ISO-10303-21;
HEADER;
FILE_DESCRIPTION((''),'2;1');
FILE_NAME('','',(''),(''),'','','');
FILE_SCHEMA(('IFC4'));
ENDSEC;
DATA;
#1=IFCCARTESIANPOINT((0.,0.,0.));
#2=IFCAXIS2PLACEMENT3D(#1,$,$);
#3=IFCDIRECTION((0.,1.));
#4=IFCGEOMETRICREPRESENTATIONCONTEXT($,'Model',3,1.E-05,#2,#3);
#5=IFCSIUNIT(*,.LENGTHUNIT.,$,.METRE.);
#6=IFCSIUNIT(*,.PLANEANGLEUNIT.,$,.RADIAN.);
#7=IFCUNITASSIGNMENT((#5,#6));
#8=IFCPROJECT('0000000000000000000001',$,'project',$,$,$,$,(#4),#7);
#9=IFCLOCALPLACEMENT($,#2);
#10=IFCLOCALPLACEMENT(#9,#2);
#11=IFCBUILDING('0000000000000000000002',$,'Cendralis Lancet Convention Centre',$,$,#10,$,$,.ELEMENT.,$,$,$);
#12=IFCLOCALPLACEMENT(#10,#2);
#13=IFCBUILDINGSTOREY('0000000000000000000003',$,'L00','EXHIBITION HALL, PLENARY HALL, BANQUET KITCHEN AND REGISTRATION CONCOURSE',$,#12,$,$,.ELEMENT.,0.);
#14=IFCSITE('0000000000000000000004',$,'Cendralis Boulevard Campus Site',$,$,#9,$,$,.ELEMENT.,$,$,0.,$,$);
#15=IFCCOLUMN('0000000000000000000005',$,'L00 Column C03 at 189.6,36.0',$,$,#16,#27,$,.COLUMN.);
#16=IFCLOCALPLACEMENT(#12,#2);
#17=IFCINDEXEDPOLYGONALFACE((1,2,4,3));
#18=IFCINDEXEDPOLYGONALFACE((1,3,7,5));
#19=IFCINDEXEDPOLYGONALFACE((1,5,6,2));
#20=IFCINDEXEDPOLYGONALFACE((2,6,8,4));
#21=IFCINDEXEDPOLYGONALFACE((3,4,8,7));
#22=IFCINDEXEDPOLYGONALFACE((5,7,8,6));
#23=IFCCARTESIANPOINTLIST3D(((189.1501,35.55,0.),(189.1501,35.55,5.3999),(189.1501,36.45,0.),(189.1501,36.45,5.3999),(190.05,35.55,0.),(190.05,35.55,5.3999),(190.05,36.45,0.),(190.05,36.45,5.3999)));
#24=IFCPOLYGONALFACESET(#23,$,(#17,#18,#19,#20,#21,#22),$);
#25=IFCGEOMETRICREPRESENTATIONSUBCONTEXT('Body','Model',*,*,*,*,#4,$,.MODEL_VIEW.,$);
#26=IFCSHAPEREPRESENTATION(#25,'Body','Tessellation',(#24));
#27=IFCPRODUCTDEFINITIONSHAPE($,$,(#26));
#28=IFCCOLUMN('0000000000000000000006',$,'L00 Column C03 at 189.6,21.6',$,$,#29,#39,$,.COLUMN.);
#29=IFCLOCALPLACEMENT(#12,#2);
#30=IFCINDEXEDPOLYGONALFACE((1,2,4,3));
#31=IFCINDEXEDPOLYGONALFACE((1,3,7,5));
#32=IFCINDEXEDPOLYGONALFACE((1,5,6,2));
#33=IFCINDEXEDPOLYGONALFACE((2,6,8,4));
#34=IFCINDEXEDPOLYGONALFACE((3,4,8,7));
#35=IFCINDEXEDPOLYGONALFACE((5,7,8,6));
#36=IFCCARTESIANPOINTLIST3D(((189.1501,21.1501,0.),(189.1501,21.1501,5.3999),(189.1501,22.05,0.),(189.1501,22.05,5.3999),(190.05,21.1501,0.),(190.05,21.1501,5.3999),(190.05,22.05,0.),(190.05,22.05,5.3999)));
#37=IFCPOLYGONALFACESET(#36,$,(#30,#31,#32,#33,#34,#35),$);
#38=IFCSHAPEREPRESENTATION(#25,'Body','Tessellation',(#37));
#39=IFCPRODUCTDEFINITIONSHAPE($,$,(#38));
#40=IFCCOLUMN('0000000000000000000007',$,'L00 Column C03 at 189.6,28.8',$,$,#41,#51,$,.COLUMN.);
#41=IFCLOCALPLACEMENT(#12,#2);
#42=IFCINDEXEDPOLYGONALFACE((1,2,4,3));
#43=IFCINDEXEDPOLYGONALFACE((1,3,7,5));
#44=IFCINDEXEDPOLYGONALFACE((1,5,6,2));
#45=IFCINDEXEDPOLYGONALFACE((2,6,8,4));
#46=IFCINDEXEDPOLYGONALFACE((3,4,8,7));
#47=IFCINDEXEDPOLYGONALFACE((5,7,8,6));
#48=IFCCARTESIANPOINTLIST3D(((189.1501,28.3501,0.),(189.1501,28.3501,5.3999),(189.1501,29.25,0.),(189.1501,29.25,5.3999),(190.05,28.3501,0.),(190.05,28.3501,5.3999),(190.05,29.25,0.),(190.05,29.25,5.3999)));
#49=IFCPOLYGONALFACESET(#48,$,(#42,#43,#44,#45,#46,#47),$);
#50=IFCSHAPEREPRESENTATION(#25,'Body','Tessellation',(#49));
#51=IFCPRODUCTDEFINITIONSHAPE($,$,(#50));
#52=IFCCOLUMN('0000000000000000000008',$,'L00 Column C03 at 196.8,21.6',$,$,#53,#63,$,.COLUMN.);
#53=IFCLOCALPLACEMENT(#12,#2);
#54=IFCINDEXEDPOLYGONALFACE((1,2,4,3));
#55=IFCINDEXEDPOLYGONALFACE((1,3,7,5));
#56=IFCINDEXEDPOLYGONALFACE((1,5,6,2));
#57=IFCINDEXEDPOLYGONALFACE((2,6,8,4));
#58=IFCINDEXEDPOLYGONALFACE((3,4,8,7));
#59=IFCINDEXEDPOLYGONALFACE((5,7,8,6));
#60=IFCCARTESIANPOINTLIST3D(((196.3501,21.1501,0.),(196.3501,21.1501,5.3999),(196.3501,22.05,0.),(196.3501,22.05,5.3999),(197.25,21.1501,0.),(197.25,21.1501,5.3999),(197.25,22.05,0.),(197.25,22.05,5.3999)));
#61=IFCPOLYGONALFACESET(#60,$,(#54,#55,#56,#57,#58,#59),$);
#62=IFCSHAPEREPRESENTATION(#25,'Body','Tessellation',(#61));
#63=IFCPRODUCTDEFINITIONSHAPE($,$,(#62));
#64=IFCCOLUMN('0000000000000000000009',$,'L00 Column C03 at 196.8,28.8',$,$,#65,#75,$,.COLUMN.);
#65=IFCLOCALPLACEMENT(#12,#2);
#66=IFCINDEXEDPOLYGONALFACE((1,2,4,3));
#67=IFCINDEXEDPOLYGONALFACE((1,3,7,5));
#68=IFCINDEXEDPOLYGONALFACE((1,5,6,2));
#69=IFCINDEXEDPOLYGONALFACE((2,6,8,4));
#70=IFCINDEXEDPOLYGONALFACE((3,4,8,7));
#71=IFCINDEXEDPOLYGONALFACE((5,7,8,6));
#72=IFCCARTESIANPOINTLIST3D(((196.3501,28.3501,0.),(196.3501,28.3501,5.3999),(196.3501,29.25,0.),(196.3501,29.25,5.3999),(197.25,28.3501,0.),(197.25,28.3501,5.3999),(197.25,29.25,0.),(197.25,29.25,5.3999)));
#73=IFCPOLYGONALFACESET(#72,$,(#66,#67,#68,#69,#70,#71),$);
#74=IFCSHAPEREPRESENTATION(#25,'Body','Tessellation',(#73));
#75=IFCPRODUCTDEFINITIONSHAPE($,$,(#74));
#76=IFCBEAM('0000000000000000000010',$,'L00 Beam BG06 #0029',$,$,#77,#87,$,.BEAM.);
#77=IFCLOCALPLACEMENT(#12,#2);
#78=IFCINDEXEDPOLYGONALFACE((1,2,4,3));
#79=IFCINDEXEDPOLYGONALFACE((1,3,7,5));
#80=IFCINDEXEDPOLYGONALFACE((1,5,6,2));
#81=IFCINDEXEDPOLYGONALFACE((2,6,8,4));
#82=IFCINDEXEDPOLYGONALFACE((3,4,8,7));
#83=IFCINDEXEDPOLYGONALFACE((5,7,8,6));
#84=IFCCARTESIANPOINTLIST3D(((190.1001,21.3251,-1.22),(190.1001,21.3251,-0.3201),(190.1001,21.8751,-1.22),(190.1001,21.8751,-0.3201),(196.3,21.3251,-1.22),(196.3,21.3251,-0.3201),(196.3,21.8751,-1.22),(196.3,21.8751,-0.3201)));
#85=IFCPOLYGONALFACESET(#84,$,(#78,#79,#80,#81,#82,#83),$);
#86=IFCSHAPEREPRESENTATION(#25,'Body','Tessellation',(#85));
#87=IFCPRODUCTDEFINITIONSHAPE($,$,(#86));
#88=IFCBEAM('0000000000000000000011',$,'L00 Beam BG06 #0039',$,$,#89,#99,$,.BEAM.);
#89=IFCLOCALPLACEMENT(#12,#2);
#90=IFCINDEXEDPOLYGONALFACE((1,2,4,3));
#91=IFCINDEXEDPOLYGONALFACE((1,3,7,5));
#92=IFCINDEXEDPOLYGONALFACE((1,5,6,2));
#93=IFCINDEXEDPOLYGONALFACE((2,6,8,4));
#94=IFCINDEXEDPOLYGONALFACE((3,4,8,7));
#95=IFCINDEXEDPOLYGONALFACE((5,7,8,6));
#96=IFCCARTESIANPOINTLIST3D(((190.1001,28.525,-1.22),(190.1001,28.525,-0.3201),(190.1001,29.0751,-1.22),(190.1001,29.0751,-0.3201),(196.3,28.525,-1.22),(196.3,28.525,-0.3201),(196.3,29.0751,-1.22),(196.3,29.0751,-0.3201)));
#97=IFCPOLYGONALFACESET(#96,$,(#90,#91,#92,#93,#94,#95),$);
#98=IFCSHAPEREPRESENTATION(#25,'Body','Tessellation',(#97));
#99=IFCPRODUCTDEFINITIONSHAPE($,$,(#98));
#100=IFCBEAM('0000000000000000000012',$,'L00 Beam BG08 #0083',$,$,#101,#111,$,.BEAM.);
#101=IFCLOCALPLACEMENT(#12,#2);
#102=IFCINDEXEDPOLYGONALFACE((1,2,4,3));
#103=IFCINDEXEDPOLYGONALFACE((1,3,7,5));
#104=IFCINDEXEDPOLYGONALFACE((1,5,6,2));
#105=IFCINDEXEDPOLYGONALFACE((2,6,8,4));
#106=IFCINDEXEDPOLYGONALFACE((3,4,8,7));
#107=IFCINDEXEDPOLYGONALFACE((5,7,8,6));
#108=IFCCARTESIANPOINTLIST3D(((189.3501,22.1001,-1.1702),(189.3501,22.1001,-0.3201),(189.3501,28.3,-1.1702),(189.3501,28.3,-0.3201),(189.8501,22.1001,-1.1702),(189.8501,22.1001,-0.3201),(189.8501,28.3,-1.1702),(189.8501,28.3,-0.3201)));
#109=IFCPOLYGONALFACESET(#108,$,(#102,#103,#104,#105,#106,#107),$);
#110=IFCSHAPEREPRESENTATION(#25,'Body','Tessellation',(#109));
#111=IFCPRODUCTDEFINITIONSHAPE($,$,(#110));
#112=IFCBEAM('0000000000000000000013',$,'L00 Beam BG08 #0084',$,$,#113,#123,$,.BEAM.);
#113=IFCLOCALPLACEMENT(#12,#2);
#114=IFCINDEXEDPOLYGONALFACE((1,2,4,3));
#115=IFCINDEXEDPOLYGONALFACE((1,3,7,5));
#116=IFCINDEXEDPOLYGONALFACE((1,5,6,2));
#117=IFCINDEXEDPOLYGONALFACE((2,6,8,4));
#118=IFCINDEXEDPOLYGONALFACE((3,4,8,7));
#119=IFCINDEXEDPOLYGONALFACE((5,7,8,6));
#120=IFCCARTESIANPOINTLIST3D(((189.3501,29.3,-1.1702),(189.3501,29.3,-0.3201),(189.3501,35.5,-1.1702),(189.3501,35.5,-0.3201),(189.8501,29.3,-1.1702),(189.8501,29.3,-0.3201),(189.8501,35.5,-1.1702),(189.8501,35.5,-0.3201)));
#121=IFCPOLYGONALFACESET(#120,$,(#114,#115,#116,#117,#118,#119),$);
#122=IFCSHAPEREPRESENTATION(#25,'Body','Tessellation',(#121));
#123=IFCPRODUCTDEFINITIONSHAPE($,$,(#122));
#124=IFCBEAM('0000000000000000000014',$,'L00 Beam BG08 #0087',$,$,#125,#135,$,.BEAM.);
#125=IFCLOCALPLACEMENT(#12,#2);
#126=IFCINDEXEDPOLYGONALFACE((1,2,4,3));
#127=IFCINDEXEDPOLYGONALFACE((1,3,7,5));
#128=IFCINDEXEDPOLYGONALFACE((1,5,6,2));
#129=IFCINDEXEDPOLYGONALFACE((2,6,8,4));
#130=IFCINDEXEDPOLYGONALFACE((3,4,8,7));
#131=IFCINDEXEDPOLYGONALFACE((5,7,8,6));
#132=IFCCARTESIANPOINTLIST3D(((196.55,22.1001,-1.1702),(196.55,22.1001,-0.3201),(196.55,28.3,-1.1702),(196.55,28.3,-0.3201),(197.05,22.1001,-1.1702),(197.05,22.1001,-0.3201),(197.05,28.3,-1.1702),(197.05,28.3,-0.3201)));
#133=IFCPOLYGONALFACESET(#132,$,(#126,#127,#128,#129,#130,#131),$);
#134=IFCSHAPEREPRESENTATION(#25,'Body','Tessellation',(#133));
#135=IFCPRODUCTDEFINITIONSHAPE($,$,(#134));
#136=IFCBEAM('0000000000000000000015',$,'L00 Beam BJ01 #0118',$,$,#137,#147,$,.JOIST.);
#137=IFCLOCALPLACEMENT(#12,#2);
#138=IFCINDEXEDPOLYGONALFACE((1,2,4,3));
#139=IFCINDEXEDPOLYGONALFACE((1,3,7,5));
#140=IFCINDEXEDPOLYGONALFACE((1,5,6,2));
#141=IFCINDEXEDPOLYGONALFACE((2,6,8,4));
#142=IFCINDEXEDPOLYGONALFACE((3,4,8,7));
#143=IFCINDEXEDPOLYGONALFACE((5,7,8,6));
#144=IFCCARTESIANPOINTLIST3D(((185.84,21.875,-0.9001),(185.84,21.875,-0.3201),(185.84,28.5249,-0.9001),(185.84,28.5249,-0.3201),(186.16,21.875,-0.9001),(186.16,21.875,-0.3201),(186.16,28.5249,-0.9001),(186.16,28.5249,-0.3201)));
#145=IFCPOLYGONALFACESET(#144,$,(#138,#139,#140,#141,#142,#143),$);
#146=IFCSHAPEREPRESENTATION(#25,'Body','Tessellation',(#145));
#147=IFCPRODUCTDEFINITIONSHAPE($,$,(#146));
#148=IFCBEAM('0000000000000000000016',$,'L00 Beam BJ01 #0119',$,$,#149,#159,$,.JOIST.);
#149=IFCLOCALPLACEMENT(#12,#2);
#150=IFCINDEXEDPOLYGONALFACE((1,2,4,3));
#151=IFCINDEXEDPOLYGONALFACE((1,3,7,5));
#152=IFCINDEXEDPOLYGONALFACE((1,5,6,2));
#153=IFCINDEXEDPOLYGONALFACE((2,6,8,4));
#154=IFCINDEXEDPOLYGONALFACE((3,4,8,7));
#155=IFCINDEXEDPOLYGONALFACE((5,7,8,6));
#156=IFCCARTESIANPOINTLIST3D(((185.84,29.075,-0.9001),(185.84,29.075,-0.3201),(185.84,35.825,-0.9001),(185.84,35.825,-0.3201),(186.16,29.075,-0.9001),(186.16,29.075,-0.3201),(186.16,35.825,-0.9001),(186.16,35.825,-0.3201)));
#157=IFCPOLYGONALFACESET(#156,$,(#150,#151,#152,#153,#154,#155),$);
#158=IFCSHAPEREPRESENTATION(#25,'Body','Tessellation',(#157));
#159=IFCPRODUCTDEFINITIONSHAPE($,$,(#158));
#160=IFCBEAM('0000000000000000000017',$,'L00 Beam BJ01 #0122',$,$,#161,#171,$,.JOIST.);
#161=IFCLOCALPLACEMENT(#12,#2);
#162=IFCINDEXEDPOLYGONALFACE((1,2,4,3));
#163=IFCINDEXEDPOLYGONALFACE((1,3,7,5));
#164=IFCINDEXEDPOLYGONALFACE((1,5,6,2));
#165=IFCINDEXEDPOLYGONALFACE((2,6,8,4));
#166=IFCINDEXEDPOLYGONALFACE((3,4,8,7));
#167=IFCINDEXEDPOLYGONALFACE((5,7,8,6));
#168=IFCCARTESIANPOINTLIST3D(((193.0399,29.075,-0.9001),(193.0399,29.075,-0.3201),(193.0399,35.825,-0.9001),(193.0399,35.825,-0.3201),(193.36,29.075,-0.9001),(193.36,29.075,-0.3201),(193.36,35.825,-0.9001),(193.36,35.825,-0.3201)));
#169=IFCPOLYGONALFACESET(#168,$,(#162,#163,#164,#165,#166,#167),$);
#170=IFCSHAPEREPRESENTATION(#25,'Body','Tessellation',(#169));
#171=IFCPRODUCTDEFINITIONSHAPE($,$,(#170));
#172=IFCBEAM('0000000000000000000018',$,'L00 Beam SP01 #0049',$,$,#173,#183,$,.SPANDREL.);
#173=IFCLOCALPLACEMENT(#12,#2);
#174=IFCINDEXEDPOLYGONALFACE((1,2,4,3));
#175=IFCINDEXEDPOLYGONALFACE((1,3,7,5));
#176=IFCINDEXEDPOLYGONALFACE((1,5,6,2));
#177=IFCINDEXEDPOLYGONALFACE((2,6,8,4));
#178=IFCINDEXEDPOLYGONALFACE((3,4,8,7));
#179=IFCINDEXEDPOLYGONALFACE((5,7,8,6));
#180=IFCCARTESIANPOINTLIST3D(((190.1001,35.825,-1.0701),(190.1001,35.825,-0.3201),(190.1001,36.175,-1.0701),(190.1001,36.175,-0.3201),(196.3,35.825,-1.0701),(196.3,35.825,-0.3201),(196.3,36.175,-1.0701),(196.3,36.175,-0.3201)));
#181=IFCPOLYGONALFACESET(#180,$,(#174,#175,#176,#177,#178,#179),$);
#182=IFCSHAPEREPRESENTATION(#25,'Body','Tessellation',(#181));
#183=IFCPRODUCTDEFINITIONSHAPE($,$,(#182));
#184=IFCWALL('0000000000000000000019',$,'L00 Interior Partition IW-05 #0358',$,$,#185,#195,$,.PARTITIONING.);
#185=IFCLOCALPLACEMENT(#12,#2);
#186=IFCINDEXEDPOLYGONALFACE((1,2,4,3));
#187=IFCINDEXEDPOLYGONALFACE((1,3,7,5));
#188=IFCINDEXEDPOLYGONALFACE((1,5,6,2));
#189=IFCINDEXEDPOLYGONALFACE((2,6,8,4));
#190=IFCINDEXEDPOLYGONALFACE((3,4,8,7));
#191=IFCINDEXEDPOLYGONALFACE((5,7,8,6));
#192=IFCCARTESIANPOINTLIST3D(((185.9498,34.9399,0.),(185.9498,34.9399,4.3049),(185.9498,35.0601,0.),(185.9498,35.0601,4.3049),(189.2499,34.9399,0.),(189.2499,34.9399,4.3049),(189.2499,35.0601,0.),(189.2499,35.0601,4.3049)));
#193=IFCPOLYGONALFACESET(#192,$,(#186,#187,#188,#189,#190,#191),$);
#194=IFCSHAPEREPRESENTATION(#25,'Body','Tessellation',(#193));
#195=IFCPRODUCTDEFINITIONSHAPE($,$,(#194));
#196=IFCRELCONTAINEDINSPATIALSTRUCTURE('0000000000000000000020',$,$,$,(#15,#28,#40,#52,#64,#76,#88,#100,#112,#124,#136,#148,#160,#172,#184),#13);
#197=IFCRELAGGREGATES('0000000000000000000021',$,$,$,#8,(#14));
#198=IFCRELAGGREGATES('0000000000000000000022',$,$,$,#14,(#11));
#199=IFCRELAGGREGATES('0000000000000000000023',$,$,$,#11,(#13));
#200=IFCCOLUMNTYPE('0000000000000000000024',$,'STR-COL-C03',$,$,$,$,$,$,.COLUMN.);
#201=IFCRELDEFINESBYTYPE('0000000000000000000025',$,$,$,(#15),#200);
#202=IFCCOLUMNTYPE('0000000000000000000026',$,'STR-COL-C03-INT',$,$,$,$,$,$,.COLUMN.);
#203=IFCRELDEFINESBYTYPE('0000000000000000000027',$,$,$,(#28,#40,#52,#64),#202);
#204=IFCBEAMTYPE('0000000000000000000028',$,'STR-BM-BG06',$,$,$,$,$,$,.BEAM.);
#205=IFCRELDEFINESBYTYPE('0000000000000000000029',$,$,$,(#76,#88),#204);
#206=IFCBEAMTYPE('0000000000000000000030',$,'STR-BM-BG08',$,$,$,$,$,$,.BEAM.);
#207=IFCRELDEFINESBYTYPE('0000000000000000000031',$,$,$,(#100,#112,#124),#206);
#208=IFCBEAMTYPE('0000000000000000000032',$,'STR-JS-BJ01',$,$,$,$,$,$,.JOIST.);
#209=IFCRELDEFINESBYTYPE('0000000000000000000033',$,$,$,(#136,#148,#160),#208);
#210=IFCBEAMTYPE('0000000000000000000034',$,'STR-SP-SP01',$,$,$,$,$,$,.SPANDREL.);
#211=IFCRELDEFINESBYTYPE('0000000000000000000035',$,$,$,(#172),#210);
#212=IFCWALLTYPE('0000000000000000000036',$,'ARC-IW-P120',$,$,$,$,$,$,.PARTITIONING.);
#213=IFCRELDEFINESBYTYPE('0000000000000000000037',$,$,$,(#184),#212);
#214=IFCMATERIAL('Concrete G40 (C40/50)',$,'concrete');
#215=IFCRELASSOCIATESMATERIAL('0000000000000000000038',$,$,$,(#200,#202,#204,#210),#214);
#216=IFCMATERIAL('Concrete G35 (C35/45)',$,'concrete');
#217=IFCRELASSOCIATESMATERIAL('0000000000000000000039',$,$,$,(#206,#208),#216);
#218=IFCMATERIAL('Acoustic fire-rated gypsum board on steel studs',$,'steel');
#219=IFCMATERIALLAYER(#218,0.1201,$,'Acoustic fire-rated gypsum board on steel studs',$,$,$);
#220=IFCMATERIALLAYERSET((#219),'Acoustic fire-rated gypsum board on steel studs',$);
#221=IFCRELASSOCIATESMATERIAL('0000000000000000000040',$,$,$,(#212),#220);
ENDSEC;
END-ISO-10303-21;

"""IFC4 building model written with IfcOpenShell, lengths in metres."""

from ifc_helpers import new_model, si_unit, direction, frame, frame_2d, origin, origin_2d, place, context, subcontext, project, spatial, rectangle, extrude, material, layer, layer_set, material_profile, profile_set, type_object, element, save


model = new_model("IFC4")

# Units and contexts
model_context = context("Model", 3, precision=1e-05, world=origin(), true_north=direction((0.0, 1.0)))
body_context = subcontext(model_context, "Body", "Model", "MODEL_VIEW")
ifc_project = project(units=[si_unit("LENGTHUNIT", "METRE"), si_unit("PLANEANGLEUNIT", "RADIAN")], contexts=[model_context])

# Site, building, storey
site_placement = place(None, origin())
site = spatial("IfcSite", under=ifc_project, at=site_placement, Name="Cendralis Boulevard Campus Site", CompositionType="ELEMENT", RefElevation=0.0)
building_placement = place(site_placement, origin())
building = spatial("IfcBuilding", under=site, at=building_placement, Name="Cendralis Lancet Convention Centre", CompositionType="ELEMENT")
storey_placement = place(building_placement, origin())
storey = spatial("IfcBuildingStorey", under=building, at=storey_placement, Name="L00", Description="EXHIBITION HALL, PLENARY HALL, BANQUET KITCHEN AND REGISTRATION CONCOURSE", CompositionType="ELEMENT", Elevation=0.0)

# Columns
ifc_material_1 = material(Name="Concrete G40 (C40/50)", Category="concrete")
ifc_material_profile_1 = material_profile(ifc_material_1, rectangle(XDim=0.8999, YDim=0.8999, at=origin_2d()), Name="RC 900x900")
ifc_profile_set_1 = profile_set([ifc_material_profile_1], Name="Concrete G40 (C40/50)")
column_type_1 = type_object("IfcColumnType", Name="STR-COL-C03", PredefinedType="COLUMN", material=ifc_profile_set_1)
column_placement = place(storey_placement, frame((189.6001, 36.0, 0.0), z_axis=(0.0, 0.0, 1.0), x_axis=(1.0, 0.0, 0.0)))
element("IfcColumn", 1, at=column_placement, inside=storey, type_object=column_type_1, Name="L00 Column C03 at 189.6,36.0", PredefinedType="COLUMN", context=body_context, shape_type="SweptSolid", body=[
    extrude(rectangle(XDim=0.8999, YDim=0.8999, at=origin_2d()), origin(), (0.0, 0.0, 1.0), 5.3999),
])
ifc_material_profile_2 = material_profile(ifc_material_1, rectangle(XDim=0.8999, YDim=0.8999, at=origin_2d()), Name="RC 900x900")
ifc_profile_set_2 = profile_set([ifc_material_profile_2], Name="Concrete G40 (C40/50)")
column_type_2 = type_object("IfcColumnType", Name="STR-COL-C03-INT", PredefinedType="COLUMN", material=ifc_profile_set_2)
for number, where, z_axis, x_axis, name in (
    (2, (189.6001, 21.6001, 0.0), (0.0, 0.0, 1.0), (1.0, 0.0, 0.0), "L00 Column C03 at 189.6,21.6"),
    (3, (189.6001, 28.8, 0.0), (0.0, 0.0, 1.0), (1.0, 0.0, 0.0), "L00 Column C03 at 189.6,28.8"),
    (4, (196.8, 21.6001, 0.0), (0.0, 0.0, 1.0), (1.0, 0.0, 0.0), "L00 Column C03 at 196.8,21.6"),
    (5, (196.8, 28.8, 0.0), (0.0, 0.0, 1.0), (1.0, 0.0, 0.0), "L00 Column C03 at 196.8,28.8"),
):
    element("IfcColumn", number, at=place(storey_placement, frame(where, z_axis=z_axis, x_axis=x_axis)), inside=storey, type_object=column_type_2, Name=name, PredefinedType="COLUMN", context=body_context, shape_type="SweptSolid", body=[
        extrude(rectangle(XDim=0.8999, YDim=0.8999, at=origin_2d()), origin(), (0.0, 0.0, 1.0), 5.3999),
    ])

# Beams
ifc_material_profile_3 = material_profile(ifc_material_1, rectangle(XDim=0.55, YDim=0.8999, at=origin_2d()), Name="RCB 550x900")
ifc_profile_set_3 = profile_set([ifc_material_profile_3], Name="Concrete G40 (C40/50)")
beam_type_1 = type_object("IfcBeamType", Name="STR-BM-BG06", PredefinedType="BEAM", material=ifc_profile_set_3)
for number, where, z_axis, x_axis, name in (
    (6, (190.1001, 21.6001, -0.77), (1.0, 0.0, 0.0), (0.0, 1.0, 0.0), "L00 Beam BG06 #0029"),
    (7, (190.1001, 28.8, -0.77), (1.0, 0.0, 0.0), (0.0, 1.0, 0.0), "L00 Beam BG06 #0039"),
):
    element("IfcBeam", number, at=place(storey_placement, frame(where, z_axis=z_axis, x_axis=x_axis)), inside=storey, type_object=beam_type_1, Name=name, PredefinedType="BEAM", context=body_context, shape_type="SweptSolid", body=[
        extrude(rectangle(XDim=0.55, YDim=0.8999, at=origin_2d()), origin(), (0.0, 0.0, 1.0), 6.2),
    ])
ifc_material_2 = material(Name="Concrete G35 (C35/45)", Category="concrete")
ifc_material_profile_4 = material_profile(ifc_material_2, rectangle(XDim=0.5, YDim=0.8501, at=origin_2d()), Name="RCB 500x850")
ifc_profile_set_4 = profile_set([ifc_material_profile_4], Name="Concrete G35 (C35/45)")
beam_type_2 = type_object("IfcBeamType", Name="STR-BM-BG08", PredefinedType="BEAM", material=ifc_profile_set_4)
for number, where, z_axis, x_axis, name in (
    (8, (189.6001, 22.1001, -0.7451), (0.0, 1.0, 0.0), (-1.0, 0.0, 0.0), "L00 Beam BG08 #0083"),
    (9, (189.6001, 29.3, -0.7451), (0.0, 1.0, 0.0), (-1.0, 0.0, 0.0), "L00 Beam BG08 #0084"),
    (10, (196.8, 22.1001, -0.7451), (0.0, 1.0, 0.0), (-1.0, 0.0, 0.0), "L00 Beam BG08 #0087"),
):
    element("IfcBeam", number, at=place(storey_placement, frame(where, z_axis=z_axis, x_axis=x_axis)), inside=storey, type_object=beam_type_2, Name=name, PredefinedType="BEAM", context=body_context, shape_type="SweptSolid", body=[
        extrude(rectangle(XDim=0.5, YDim=0.8501, at=origin_2d()), origin(), (0.0, 0.0, 1.0), 6.2),
    ])
ifc_material_profile_5 = material_profile(ifc_material_2, rectangle(XDim=0.3201, YDim=0.5801, at=origin_2d()), Name="RCB 320x580")
ifc_profile_set_5 = profile_set([ifc_material_profile_5], Name="Concrete G35 (C35/45)")
beam_type_3 = type_object("IfcBeamType", Name="STR-JS-BJ01", PredefinedType="JOIST", material=ifc_profile_set_5)
beam_1_placement = place(storey_placement, frame((186.0, 21.875, -0.6101), z_axis=(0.0, 1.0, 0.0), x_axis=(-1.0, 0.0, 0.0)))
element("IfcBeam", 11, at=beam_1_placement, inside=storey, type_object=beam_type_3, Name="L00 Beam BJ01 #0118", PredefinedType="JOIST", context=body_context, shape_type="SweptSolid", body=[
    extrude(rectangle(XDim=0.3201, YDim=0.5801, at=origin_2d()), origin(), (0.0, 0.0, 1.0), 6.6499),
])
for number, where, z_axis, x_axis, name in (
    (12, (186.0, 29.075, -0.6101), (0.0, 1.0, 0.0), (-1.0, 0.0, 0.0), "L00 Beam BJ01 #0119"),
    (13, (193.2, 29.075, -0.6101), (0.0, 1.0, 0.0), (-1.0, 0.0, 0.0), "L00 Beam BJ01 #0122"),
):
    element("IfcBeam", number, at=place(storey_placement, frame(where, z_axis=z_axis, x_axis=x_axis)), inside=storey, type_object=beam_type_3, Name=name, PredefinedType="JOIST", context=body_context, shape_type="SweptSolid", body=[
        extrude(rectangle(XDim=0.3201, YDim=0.5801, at=origin_2d()), origin(), (0.0, 0.0, 1.0), 6.75),
    ])
ifc_material_profile_6 = material_profile(ifc_material_1, rectangle(XDim=0.3501, YDim=0.75, at=origin_2d()), Name="RCB 350x750")
ifc_profile_set_6 = profile_set([ifc_material_profile_6], Name="Concrete G40 (C40/50)")
beam_type_4 = type_object("IfcBeamType", Name="STR-SP-SP01", PredefinedType="SPANDREL", material=ifc_profile_set_6)
beam_2_placement = place(storey_placement, frame((190.1001, 36.0, -0.6951), z_axis=(1.0, 0.0, 0.0), x_axis=(0.0, 1.0, 0.0)))
element("IfcBeam", 14, at=beam_2_placement, inside=storey, type_object=beam_type_4, Name="L00 Beam SP01 #0049", PredefinedType="SPANDREL", context=body_context, shape_type="SweptSolid", body=[
    extrude(rectangle(XDim=0.3501, YDim=0.75, at=origin_2d()), origin(), (0.0, 0.0, 1.0), 6.2),
])

# Shared definitions
ifc_material_3 = material(Name="Acoustic fire-rated gypsum board on steel studs", Category="steel")
ifc_layer_1 = layer(ifc_material_3, 0.1201, Name="Acoustic fire-rated gypsum board on steel studs")
ifc_layer_set_1 = layer_set([ifc_layer_1], Name="Acoustic fire-rated gypsum board on steel studs")
wall_type_1 = type_object("IfcWallType", Name="ARC-IW-P120", PredefinedType="PARTITIONING", material=ifc_layer_set_1)

# Wall
wall_1_placement = place(storey_placement, frame((185.95, 35.0, 0.0), z_axis=(0.0, 0.0, 1.0), x_axis=(1.0, 0.0, 0.0)))
element("IfcWall", 15, at=wall_1_placement, inside=storey, type_object=wall_type_1, Name="L00 Interior Partition IW-05 #0358", PredefinedType="PARTITIONING", context=body_context, shape_type="SweptSolid", body=[
    extrude(rectangle(XDim=3.3, YDim=0.1201, at=frame_2d((1.6499, 0.0))), origin(), (0.0, 0.0, 1.0), 4.3049),
])

save(model, "model.ifc")
